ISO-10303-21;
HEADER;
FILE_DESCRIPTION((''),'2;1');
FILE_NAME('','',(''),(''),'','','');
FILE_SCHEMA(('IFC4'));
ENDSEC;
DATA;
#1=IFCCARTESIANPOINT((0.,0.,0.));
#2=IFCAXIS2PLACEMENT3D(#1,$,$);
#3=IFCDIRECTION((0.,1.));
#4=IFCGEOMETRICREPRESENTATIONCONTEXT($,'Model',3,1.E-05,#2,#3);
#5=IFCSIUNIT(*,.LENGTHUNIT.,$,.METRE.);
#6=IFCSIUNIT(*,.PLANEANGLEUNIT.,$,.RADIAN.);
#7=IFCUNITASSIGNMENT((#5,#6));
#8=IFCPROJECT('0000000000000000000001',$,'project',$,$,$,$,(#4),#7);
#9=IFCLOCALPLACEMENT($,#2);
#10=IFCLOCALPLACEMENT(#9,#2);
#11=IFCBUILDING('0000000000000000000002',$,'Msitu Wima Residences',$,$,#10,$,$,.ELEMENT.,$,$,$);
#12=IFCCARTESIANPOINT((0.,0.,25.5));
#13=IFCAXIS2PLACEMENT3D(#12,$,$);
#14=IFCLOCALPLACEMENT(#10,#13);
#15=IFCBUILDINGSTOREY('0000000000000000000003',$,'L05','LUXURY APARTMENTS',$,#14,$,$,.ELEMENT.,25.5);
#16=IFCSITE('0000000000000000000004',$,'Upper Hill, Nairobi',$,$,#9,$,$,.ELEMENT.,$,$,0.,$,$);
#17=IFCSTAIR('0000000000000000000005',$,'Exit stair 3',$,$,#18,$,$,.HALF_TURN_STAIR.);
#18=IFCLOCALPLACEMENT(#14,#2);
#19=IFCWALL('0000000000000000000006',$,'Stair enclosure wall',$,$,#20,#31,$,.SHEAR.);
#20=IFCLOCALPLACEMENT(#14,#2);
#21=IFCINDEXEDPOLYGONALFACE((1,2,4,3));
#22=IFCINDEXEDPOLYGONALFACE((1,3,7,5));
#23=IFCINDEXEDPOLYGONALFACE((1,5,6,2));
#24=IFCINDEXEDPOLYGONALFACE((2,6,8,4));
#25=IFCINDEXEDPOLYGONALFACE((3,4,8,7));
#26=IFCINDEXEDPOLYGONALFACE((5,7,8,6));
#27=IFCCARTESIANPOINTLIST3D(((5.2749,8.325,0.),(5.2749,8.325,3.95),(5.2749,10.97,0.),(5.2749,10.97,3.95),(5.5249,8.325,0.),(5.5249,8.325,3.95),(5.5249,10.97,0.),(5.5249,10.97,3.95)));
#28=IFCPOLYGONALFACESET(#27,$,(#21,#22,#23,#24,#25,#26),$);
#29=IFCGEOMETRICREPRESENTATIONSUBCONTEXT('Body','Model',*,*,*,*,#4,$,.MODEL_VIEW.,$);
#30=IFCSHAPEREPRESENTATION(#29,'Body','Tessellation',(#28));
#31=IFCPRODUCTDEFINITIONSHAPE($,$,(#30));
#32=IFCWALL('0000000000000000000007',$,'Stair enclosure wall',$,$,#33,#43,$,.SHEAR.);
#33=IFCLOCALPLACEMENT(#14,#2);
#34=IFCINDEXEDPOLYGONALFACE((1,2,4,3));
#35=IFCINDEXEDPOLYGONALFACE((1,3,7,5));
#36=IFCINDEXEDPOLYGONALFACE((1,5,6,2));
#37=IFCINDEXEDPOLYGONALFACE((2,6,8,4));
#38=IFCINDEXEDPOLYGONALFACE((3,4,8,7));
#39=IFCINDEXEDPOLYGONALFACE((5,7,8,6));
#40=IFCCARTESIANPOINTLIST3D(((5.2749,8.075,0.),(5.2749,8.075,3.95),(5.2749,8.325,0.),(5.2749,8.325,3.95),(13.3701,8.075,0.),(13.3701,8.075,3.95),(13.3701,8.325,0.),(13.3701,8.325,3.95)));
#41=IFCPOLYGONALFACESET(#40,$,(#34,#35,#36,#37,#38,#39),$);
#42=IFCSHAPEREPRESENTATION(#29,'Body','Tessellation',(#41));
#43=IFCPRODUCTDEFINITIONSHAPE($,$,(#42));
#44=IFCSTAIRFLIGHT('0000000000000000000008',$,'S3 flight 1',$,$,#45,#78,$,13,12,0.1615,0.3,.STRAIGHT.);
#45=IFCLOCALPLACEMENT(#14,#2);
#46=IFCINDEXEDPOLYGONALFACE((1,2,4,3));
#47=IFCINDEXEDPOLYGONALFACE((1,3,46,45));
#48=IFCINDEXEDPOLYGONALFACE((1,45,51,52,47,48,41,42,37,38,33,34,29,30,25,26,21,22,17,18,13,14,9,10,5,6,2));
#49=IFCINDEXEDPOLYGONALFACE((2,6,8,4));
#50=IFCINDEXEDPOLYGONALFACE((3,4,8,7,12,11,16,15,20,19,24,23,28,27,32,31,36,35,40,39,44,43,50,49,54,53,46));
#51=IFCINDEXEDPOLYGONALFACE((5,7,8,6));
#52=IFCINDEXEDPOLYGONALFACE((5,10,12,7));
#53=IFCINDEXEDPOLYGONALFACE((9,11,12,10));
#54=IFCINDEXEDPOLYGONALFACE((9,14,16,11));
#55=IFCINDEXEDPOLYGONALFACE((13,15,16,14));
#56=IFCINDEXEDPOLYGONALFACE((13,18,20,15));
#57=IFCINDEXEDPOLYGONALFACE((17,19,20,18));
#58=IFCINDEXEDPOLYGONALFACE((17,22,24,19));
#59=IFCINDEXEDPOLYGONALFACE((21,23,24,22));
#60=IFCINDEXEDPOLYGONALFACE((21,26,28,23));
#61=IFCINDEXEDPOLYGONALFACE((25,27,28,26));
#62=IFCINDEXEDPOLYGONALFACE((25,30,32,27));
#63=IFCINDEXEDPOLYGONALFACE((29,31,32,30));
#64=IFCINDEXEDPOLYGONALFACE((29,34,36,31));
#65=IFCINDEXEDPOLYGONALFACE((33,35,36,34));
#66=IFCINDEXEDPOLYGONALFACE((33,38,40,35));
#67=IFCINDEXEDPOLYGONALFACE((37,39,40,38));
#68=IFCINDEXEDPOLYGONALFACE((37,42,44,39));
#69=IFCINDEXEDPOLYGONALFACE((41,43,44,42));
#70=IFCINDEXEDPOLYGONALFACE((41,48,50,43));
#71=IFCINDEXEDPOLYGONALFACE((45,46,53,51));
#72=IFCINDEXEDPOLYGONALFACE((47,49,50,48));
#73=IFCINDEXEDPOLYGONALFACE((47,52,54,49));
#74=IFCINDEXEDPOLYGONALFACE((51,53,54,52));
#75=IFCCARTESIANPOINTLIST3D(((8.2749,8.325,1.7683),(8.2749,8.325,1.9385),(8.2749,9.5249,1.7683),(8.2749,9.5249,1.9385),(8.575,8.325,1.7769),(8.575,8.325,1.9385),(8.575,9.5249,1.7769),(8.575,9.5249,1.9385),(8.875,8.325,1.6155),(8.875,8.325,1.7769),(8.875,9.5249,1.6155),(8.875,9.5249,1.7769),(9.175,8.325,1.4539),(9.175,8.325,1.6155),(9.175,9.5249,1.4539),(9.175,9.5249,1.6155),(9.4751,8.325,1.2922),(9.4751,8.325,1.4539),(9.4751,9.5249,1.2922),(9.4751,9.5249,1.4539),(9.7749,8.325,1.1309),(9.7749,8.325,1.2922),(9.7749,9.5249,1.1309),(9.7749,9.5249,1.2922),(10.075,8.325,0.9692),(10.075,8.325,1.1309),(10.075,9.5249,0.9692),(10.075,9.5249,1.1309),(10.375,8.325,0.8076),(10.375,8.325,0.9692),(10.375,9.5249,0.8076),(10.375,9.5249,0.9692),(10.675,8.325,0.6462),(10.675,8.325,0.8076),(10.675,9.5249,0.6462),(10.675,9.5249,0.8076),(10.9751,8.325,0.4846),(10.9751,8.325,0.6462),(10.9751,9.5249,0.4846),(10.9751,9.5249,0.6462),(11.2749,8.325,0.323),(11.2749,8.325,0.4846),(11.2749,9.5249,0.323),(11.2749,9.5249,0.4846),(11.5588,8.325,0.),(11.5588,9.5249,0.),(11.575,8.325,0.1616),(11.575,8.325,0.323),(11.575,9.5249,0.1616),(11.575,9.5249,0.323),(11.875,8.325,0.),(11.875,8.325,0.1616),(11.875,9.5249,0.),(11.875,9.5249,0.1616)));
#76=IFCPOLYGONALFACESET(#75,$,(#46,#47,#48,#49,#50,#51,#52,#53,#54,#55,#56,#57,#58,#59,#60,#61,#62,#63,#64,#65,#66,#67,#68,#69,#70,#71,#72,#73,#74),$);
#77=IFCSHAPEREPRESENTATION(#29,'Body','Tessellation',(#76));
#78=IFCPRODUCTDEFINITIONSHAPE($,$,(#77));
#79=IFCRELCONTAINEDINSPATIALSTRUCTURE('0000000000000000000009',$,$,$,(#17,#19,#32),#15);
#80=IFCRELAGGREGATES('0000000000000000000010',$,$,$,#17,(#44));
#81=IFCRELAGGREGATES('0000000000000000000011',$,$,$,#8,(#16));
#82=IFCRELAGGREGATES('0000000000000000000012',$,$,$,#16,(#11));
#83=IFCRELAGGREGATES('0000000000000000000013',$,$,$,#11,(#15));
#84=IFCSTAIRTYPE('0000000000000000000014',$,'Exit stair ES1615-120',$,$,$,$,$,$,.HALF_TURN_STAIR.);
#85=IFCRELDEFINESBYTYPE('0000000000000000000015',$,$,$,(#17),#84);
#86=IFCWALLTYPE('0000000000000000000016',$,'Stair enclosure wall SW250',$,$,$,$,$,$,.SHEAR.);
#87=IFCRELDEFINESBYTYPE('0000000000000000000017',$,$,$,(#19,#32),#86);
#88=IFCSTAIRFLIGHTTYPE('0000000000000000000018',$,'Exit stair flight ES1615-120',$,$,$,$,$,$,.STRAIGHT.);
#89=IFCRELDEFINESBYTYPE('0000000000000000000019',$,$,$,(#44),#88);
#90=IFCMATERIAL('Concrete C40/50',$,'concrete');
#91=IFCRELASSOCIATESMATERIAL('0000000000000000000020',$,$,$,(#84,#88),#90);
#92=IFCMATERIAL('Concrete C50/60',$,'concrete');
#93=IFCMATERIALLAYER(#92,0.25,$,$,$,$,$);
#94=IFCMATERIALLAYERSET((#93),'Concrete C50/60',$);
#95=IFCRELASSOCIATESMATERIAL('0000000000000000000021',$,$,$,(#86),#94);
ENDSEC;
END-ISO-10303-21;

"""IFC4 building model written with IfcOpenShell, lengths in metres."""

from ifc_helpers import new_model, si_unit, direction, frame, frame_2d, origin, place, context, subcontext, project, spatial, polyline, rectangle, outline, extrude, material, layer, layer_set, type_object, element, aggregate, save


model = new_model("IFC4")

# Units and contexts
model_context = context("Model", 3, precision=1e-05, world=origin(), true_north=direction((0.0, 1.0)))
body_context = subcontext(model_context, "Body", "Model", "MODEL_VIEW")
ifc_project = project(units=[si_unit("LENGTHUNIT", "METRE"), si_unit("PLANEANGLEUNIT", "RADIAN")], contexts=[model_context])

# Site, building, storey
site_placement = place(None, origin())
site = spatial("IfcSite", under=ifc_project, at=site_placement, Name="Upper Hill, Nairobi", CompositionType="ELEMENT", RefElevation=0.0)
building_placement = place(site_placement, origin())
building = spatial("IfcBuilding", under=site, at=building_placement, Name="Msitu Wima Residences", CompositionType="ELEMENT")
storey_placement = place(building_placement, frame((0.0, 0.0, 25.5)))
storey = spatial("IfcBuildingStorey", under=building, at=storey_placement, Name="L05", Description="LUXURY APARTMENTS", CompositionType="ELEMENT", Elevation=25.5)

# Shared definitions
ifc_material_1 = material(Name="Concrete C40/50", Category="concrete")

# Stair
stair_type = type_object("IfcStairType", Name="Exit stair ES1615-120", PredefinedType="HALF_TURN_STAIR", material=ifc_material_1)
stair_1_placement = place(storey_placement, origin())
stair_1 = element("IfcStair", 1, at=stair_1_placement, inside=storey, type_object=stair_type, Name="Exit stair 3", PredefinedType="HALF_TURN_STAIR")

# Walls
ifc_material_2 = material(Name="Concrete C50/60", Category="concrete")
ifc_layer_1 = layer(ifc_material_2, 0.25)
ifc_layer_set_1 = layer_set([ifc_layer_1], Name="Concrete C50/60")
wall_type_1 = type_object("IfcWallType", Name="Stair enclosure wall SW250", PredefinedType="SHEAR", material=ifc_layer_set_1)
wall_1_placement = place(storey_placement, frame((5.3999, 8.325, 0.0), z_axis=(0.0, 0.0, 1.0), x_axis=(0.0, 1.0, 0.0)))
element("IfcWall", 2, at=wall_1_placement, inside=storey, type_object=wall_type_1, Name="Stair enclosure wall", PredefinedType="SHEAR", context=body_context, shape_type="SweptSolid", body=[
    extrude(rectangle(XDim=2.645, YDim=0.25, at=frame_2d((1.3225, 0.0))), origin(), (0.0, 0.0, 1.0), 3.95),
])
wall_2_placement = place(storey_placement, frame((5.2749, 8.2, 0.0), z_axis=(0.0, 0.0, 1.0), x_axis=(1.0, 0.0, 0.0)))
element("IfcWall", 3, at=wall_2_placement, inside=storey, type_object=wall_type_1, Name="Stair enclosure wall", PredefinedType="SHEAR", context=body_context, shape_type="SweptSolid", body=[
    extrude(rectangle(XDim=8.0952, YDim=0.25, at=frame_2d((4.0476, 0.0))), origin(), (0.0, 0.0, 1.0), 3.95),
])

# Stair flight
stair_flight_type = type_object("IfcStairFlightType", Name="Exit stair flight ES1615-120", PredefinedType="STRAIGHT", material=ifc_material_1)
stair_flight_placement = place(storey_placement, frame((11.875, 8.925, 0.0), z_axis=(0.0, 0.0, 1.0), x_axis=(-1.0, 0.0, 0.0)))
stair_flight = element("IfcStairFlight", 4, at=stair_flight_placement, type_object=stair_flight_type, Name="S3 flight 1", NumberOfRisers=13, NumberOfTreads=12, PredefinedType="STRAIGHT", RiserHeight=0.1615, TreadLength=0.3, context=body_context, shape_type="SweptSolid", body=[
    extrude(outline(polyline([(0.0, 0.0), (0.0, 0.1616), (0.3, 0.1616), (0.3, 0.323), (0.6001, 0.323), (0.6001, 0.4846), (0.8999, 0.4846), (0.8999, 0.6462), (1.2, 0.6462), (1.2, 0.8076), (1.5, 0.8076), (1.5, 0.9692), (1.8, 0.9692), (1.8, 1.1309), (2.1001, 1.1309), (2.1001, 1.2922), (2.3999, 1.2922), (2.3999, 1.4539), (2.7, 1.4539), (2.7, 1.6155), (3.0, 1.6155), (3.0, 1.7769), (3.3, 1.7769), (3.3, 1.9385), (3.6001, 1.9385), (3.6001, 2.1001), (3.6001, 1.7683), (0.3162, 0.0), (0.0, 0.0)])), frame((0.0, 0.6001, 0.0), z_axis=(0.0, -1.0, 0.0), x_axis=(1.0, 0.0, 0.0)), (0.0, 0.0, 1.0), 1.2),
])
aggregate(stair_1, [stair_flight])

save(model, "model.ifc")
